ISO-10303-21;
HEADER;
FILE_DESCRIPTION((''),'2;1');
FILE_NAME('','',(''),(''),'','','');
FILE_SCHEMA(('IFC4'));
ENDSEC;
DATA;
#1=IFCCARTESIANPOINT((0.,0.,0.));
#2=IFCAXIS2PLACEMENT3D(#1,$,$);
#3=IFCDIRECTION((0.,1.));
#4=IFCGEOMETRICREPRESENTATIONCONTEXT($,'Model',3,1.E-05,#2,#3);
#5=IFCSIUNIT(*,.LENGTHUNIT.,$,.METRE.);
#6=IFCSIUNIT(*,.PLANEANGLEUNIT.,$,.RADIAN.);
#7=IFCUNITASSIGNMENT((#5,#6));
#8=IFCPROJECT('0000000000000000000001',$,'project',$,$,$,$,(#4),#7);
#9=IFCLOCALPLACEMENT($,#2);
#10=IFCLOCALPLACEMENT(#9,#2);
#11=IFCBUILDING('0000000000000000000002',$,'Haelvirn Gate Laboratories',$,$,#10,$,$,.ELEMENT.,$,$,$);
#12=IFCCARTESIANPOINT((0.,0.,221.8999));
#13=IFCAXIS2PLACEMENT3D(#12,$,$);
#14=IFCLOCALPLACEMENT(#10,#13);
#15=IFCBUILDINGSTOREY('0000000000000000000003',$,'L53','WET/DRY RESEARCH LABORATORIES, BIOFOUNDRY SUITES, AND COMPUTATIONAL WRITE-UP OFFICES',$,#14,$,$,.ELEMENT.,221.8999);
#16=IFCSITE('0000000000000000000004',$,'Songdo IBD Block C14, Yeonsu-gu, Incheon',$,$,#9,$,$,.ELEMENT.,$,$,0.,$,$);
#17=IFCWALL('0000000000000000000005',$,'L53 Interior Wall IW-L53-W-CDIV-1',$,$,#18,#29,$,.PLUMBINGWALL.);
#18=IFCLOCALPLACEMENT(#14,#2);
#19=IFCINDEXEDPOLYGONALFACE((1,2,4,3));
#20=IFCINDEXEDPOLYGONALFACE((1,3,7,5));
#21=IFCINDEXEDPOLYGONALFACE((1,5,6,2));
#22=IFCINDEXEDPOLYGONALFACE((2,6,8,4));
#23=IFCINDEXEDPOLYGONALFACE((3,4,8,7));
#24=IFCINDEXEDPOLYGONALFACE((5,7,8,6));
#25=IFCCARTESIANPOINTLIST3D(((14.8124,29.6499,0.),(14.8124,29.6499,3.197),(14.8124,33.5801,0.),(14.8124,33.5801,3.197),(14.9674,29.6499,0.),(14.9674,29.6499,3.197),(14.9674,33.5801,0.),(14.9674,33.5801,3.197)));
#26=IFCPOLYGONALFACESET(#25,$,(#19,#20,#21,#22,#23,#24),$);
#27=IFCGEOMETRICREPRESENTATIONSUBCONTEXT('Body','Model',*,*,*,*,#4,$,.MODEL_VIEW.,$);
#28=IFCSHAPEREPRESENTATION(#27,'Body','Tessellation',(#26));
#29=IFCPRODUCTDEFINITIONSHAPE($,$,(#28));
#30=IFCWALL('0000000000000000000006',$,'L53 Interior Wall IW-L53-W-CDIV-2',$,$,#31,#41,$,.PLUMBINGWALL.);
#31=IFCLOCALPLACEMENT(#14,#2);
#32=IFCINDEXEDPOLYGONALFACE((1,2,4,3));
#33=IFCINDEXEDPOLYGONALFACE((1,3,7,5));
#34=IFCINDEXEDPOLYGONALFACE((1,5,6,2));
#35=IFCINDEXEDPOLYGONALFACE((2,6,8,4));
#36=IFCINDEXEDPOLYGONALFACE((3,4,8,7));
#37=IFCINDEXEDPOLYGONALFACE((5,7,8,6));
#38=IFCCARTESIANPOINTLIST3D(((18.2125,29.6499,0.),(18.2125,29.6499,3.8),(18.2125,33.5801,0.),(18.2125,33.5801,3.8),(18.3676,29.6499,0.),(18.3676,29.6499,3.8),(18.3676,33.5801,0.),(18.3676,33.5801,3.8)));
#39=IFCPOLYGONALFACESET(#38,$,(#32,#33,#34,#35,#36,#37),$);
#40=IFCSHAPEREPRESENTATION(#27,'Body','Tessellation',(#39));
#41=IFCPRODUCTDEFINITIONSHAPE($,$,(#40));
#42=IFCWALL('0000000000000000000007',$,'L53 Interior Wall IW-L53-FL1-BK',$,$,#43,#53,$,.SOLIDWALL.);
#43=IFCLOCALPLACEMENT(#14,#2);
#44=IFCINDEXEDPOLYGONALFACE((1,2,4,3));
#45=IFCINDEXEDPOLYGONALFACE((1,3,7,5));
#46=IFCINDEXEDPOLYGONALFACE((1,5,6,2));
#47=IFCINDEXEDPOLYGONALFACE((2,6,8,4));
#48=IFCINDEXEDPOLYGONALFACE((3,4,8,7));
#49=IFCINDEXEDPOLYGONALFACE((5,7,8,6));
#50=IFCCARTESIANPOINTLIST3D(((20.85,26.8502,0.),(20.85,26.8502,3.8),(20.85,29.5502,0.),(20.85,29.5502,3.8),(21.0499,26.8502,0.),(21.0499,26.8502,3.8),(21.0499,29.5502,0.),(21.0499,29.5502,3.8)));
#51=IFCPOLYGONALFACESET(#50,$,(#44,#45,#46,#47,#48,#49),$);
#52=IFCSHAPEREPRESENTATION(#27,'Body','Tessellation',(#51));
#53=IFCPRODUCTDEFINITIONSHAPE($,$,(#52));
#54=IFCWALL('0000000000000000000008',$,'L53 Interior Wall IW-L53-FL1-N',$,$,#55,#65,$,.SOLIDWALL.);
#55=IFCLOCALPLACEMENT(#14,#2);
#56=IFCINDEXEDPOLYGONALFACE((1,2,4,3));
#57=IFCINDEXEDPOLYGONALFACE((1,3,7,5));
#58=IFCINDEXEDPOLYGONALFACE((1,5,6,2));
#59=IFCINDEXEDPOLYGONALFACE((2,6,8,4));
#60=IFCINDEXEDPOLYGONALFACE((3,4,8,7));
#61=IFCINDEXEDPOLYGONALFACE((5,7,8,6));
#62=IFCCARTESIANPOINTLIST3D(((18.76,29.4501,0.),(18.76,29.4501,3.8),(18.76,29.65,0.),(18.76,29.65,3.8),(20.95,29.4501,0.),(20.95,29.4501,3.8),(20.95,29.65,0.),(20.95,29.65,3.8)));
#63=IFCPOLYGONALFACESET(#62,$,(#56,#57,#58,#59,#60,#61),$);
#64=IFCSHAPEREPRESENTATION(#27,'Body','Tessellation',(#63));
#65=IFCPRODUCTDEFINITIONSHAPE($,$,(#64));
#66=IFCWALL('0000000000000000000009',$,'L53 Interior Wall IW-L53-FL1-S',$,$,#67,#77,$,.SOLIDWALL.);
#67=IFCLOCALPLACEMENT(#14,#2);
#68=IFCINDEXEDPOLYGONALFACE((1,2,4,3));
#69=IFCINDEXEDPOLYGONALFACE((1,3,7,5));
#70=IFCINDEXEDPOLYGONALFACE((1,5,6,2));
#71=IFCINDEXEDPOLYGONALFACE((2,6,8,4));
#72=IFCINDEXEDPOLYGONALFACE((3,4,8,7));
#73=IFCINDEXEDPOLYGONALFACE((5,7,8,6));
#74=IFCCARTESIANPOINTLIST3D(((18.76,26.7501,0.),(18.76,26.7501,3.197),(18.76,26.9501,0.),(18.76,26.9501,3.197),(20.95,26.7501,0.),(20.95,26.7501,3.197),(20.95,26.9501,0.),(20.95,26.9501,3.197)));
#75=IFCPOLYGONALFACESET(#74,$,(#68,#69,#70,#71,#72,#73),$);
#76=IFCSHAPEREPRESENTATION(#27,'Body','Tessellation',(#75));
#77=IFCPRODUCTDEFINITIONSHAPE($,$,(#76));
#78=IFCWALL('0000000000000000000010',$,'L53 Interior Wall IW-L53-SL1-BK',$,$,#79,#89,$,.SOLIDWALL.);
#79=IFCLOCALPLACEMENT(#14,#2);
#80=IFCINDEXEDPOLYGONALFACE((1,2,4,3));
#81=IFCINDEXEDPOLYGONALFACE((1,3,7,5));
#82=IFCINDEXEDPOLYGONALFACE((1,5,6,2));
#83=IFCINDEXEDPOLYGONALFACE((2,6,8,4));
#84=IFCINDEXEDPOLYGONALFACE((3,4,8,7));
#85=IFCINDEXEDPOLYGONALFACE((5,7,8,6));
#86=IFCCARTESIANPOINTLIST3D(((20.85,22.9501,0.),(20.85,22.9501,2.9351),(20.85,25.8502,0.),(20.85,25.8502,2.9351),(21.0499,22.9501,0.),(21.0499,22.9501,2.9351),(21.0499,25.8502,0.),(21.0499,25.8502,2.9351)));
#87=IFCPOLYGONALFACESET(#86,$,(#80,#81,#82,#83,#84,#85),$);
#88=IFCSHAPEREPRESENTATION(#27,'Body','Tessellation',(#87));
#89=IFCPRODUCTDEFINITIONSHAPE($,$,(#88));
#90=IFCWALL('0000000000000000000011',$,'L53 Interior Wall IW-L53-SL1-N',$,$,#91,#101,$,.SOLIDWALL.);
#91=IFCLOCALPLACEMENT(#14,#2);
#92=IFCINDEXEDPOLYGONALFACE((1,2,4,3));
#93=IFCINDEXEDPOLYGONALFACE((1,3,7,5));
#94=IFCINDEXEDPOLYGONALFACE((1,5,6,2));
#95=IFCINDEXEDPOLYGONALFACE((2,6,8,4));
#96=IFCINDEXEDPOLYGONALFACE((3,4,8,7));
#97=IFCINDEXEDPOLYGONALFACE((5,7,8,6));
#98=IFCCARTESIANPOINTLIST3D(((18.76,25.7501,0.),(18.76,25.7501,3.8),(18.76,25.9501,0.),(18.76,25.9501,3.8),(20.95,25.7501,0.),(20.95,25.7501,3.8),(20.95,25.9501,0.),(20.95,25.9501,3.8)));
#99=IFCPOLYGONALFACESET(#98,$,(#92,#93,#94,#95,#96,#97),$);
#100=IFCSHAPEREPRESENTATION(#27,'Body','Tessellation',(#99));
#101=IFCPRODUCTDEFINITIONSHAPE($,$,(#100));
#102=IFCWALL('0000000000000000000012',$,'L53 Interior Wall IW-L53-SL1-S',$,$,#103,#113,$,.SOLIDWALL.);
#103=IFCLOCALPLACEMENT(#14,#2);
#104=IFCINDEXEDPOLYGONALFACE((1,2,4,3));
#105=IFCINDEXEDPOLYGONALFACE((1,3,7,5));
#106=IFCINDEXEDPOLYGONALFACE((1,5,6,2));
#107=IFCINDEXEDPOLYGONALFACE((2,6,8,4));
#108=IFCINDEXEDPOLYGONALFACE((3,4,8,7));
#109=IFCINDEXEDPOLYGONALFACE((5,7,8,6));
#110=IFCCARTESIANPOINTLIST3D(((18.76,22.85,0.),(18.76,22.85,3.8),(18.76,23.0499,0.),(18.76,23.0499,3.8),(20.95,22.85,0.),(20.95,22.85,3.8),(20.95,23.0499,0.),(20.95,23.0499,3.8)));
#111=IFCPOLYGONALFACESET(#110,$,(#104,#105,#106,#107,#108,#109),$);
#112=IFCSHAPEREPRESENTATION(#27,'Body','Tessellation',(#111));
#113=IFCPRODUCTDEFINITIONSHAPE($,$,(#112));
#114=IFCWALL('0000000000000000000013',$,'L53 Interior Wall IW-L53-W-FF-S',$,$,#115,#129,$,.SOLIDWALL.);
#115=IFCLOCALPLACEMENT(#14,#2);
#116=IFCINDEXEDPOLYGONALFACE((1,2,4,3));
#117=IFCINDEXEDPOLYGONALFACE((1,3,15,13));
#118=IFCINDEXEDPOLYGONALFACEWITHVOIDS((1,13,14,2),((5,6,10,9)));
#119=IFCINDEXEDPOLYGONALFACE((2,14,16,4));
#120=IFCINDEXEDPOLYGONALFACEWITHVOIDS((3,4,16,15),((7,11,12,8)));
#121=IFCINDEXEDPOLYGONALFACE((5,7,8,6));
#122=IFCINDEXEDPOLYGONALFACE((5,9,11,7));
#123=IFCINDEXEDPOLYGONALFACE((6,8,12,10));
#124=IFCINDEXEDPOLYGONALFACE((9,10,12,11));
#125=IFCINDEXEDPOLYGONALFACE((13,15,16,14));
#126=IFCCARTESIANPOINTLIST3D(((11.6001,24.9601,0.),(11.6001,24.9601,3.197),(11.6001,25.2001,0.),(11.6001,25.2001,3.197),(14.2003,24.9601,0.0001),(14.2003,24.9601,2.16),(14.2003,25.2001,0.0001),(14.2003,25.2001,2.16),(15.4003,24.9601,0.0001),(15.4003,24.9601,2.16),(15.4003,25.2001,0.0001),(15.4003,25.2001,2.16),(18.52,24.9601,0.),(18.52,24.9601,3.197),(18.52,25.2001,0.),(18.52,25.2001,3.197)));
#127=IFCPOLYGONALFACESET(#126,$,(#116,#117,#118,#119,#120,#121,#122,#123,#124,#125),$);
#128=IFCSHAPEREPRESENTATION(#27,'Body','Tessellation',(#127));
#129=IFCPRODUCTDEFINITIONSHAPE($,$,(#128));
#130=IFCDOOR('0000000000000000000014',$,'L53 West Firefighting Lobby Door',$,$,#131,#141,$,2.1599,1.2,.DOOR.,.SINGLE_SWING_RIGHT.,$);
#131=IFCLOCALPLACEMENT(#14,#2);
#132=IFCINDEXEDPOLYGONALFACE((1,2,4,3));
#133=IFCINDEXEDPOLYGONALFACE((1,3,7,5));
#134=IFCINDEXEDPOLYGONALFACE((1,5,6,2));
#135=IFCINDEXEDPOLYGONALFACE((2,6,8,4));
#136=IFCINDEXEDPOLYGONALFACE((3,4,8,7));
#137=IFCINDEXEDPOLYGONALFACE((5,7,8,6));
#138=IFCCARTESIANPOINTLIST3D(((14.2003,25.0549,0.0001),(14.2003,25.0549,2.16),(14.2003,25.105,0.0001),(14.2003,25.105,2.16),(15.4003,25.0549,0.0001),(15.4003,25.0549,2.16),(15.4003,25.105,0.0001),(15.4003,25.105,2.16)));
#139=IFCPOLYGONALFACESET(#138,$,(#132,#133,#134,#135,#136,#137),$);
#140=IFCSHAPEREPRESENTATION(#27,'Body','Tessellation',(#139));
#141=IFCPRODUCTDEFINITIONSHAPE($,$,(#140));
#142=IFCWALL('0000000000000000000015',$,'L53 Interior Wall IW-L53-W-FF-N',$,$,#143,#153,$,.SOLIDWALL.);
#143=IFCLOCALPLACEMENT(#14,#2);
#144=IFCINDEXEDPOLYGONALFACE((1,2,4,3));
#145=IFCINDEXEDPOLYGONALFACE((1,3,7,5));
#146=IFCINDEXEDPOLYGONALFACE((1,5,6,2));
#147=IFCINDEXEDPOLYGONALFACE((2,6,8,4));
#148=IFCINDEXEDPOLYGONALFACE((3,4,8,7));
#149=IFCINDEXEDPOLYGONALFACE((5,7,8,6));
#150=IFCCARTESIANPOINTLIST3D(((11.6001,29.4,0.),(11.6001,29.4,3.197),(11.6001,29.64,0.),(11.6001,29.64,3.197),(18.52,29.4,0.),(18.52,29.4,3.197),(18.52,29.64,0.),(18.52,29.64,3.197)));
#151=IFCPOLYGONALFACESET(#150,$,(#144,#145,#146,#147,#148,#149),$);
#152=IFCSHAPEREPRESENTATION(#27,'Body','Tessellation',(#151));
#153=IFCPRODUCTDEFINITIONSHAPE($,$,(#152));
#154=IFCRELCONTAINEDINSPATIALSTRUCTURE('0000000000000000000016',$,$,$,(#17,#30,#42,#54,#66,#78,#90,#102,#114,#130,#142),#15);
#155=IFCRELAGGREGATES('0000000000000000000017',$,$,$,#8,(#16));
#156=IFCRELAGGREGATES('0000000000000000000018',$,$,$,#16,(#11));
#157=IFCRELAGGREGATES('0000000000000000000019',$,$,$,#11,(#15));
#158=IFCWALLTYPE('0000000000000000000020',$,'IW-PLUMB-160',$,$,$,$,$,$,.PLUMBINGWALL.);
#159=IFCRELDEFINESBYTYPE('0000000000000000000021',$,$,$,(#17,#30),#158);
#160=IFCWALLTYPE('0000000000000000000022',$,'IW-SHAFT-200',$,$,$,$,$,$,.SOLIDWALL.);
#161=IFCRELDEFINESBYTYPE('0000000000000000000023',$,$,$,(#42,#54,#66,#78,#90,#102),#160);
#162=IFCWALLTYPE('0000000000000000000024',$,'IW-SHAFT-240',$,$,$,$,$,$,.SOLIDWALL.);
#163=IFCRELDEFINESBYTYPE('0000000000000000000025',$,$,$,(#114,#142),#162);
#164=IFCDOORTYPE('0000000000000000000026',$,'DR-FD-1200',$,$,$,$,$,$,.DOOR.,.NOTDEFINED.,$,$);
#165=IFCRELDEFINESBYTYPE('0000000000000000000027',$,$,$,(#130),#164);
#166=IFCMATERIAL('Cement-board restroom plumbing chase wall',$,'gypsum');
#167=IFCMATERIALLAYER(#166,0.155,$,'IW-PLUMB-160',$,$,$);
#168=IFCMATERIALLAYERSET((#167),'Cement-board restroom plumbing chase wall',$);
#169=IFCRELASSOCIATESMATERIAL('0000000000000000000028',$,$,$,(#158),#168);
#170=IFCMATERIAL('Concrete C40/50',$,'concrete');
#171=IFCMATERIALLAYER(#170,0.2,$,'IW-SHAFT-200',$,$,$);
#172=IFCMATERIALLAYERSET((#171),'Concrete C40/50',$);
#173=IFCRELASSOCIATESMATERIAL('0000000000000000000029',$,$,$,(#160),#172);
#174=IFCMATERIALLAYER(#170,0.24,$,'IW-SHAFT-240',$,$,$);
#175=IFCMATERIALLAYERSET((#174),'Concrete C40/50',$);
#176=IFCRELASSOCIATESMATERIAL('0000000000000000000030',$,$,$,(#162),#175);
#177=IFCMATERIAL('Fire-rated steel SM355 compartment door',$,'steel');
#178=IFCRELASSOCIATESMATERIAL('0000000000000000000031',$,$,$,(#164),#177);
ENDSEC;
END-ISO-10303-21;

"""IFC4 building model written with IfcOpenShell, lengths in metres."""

from ifc_helpers import new_model, si_unit, direction, frame, frame_2d, origin, place, context, subcontext, project, spatial, rectangle, extrude, source, transform, mapped, material, layer, layer_set, type_object, type_shapes, element, fill, save


model = new_model("IFC4")

# Units and contexts
model_context = context("Model", 3, precision=1e-05, world=origin(), true_north=direction((0.0, 1.0)))
body_context = subcontext(model_context, "Body", "Model", "MODEL_VIEW")
ifc_project = project(units=[si_unit("LENGTHUNIT", "METRE"), si_unit("PLANEANGLEUNIT", "RADIAN")], contexts=[model_context])

# Site, building, storey
site_placement = place(None, origin())
site = spatial("IfcSite", under=ifc_project, at=site_placement, Name="Songdo IBD Block C14, Yeonsu-gu, Incheon", CompositionType="ELEMENT", RefElevation=0.0)
building_placement = place(site_placement, origin())
building = spatial("IfcBuilding", under=site, at=building_placement, Name="Haelvirn Gate Laboratories", CompositionType="ELEMENT")
storey_placement = place(building_placement, frame((0.0, 0.0, 221.8999)))
storey = spatial("IfcBuildingStorey", under=building, at=storey_placement, Name="L53", Description="WET/DRY RESEARCH LABORATORIES, BIOFOUNDRY SUITES, AND COMPUTATIONAL WRITE-UP OFFICES", CompositionType="ELEMENT", Elevation=221.8999)

# Walls
ifc_material_1 = material(Name="Cement-board restroom plumbing chase wall", Category="gypsum")
ifc_layer_1 = layer(ifc_material_1, 0.155, Name="IW-PLUMB-160")
ifc_layer_set_1 = layer_set([ifc_layer_1], Name="Cement-board restroom plumbing chase wall")
wall_type_1 = type_object("IfcWallType", Name="IW-PLUMB-160", PredefinedType="PLUMBINGWALL", material=ifc_layer_set_1)
wall_1_placement = place(storey_placement, frame((14.8899, 29.6499, 0.0), z_axis=(0.0, 0.0, 1.0), x_axis=(0.0, 1.0, 0.0)))
element("IfcWall", 1, at=wall_1_placement, inside=storey, type_object=wall_type_1, Name="L53 Interior Wall IW-L53-W-CDIV-1", PredefinedType="PLUMBINGWALL", context=body_context, shape_type="SweptSolid", body=[
    extrude(rectangle(XDim=3.9302, YDim=0.155, at=frame_2d((1.9651, 0.0))), origin(), (0.0, 0.0, 1.0), 3.197),
])
wall_2_placement = place(storey_placement, frame((18.29, 29.6499, 0.0), z_axis=(0.0, 0.0, 1.0), x_axis=(0.0, 1.0, 0.0)))
element("IfcWall", 2, at=wall_2_placement, inside=storey, type_object=wall_type_1, Name="L53 Interior Wall IW-L53-W-CDIV-2", PredefinedType="PLUMBINGWALL", context=body_context, shape_type="SweptSolid", body=[
    extrude(rectangle(XDim=3.9302, YDim=0.155, at=frame_2d((1.9651, 0.0))), origin(), (0.0, 0.0, 1.0), 3.8),
])
ifc_material_2 = material(Name="Concrete C40/50", Category="concrete")
ifc_layer_2 = layer(ifc_material_2, 0.2, Name="IW-SHAFT-200")
ifc_layer_set_2 = layer_set([ifc_layer_2], Name="Concrete C40/50")
wall_type_2 = type_object("IfcWallType", Name="IW-SHAFT-200", PredefinedType="SOLIDWALL", material=ifc_layer_set_2)
wall_3_placement = place(storey_placement, frame((20.95, 26.8501, 0.0), z_axis=(0.0, 0.0, 1.0), x_axis=(0.0, 1.0, 0.0)))
element("IfcWall", 3, at=wall_3_placement, inside=storey, type_object=wall_type_2, Name="L53 Interior Wall IW-L53-FL1-BK", PredefinedType="SOLIDWALL", context=body_context, shape_type="SweptSolid", body=[
    extrude(rectangle(XDim=2.7, YDim=0.2, at=frame_2d((1.3501, 0.0))), origin(), (0.0, 0.0, 1.0), 3.8),
])
wall_4_placement = place(storey_placement, frame((18.76, 29.55, 0.0), z_axis=(0.0, 0.0, 1.0), x_axis=(1.0, 0.0, 0.0)))
element("IfcWall", 4, at=wall_4_placement, inside=storey, type_object=wall_type_2, Name="L53 Interior Wall IW-L53-FL1-N", PredefinedType="SOLIDWALL", context=body_context, shape_type="SweptSolid", body=[
    extrude(rectangle(XDim=2.1899, YDim=0.2, at=frame_2d((1.095, 0.0))), origin(), (0.0, 0.0, 1.0), 3.8),
])
wall_5_placement = place(storey_placement, frame((18.76, 26.8501, 0.0), z_axis=(0.0, 0.0, 1.0), x_axis=(1.0, 0.0, 0.0)))
element("IfcWall", 5, at=wall_5_placement, inside=storey, type_object=wall_type_2, Name="L53 Interior Wall IW-L53-FL1-S", PredefinedType="SOLIDWALL", context=body_context, shape_type="SweptSolid", body=[
    extrude(rectangle(XDim=2.1899, YDim=0.2, at=frame_2d((1.095, 0.0))), origin(), (0.0, 0.0, 1.0), 3.197),
])
wall_6_placement = place(storey_placement, frame((20.95, 22.95, 0.0), z_axis=(0.0, 0.0, 1.0), x_axis=(0.0, 1.0, 0.0)))
element("IfcWall", 6, at=wall_6_placement, inside=storey, type_object=wall_type_2, Name="L53 Interior Wall IW-L53-SL1-BK", PredefinedType="SOLIDWALL", context=body_context, shape_type="SweptSolid", body=[
    extrude(rectangle(XDim=2.9001, YDim=0.2, at=frame_2d((1.4502, 0.0))), origin(), (0.0, 0.0, 1.0), 2.9351),
])
for number, where, z_axis, x_axis, name in (
    (7, (18.76, 25.8501, 0.0), (0.0, 0.0, 1.0), (1.0, 0.0, 0.0), "L53 Interior Wall IW-L53-SL1-N"),
    (8, (18.76, 22.95, 0.0), (0.0, 0.0, 1.0), (1.0, 0.0, 0.0), "L53 Interior Wall IW-L53-SL1-S"),
):
    element("IfcWall", number, at=place(storey_placement, frame(where, z_axis=z_axis, x_axis=x_axis)), inside=storey, type_object=wall_type_2, Name=name, PredefinedType="SOLIDWALL", context=body_context, shape_type="SweptSolid", body=[
        extrude(rectangle(XDim=2.1899, YDim=0.2, at=frame_2d((1.095, 0.0))), origin(), (0.0, 0.0, 1.0), 3.8),
    ])

# Wall, opening, door
ifc_layer_3 = layer(ifc_material_2, 0.24, Name="IW-SHAFT-240")
ifc_layer_set_3 = layer_set([ifc_layer_3], Name="Concrete C40/50")
wall_type_3 = type_object("IfcWallType", Name="IW-SHAFT-240", PredefinedType="SOLIDWALL", material=ifc_layer_set_3)
wall_7_placement = place(storey_placement, frame((11.6001, 25.0801, 0.0), z_axis=(0.0, 0.0, 1.0), x_axis=(1.0, 0.0, 0.0)))
wall_7 = element("IfcWall", 9, at=wall_7_placement, inside=storey, type_object=wall_type_3, Name="L53 Interior Wall IW-L53-W-FF-S", PredefinedType="SOLIDWALL", context=body_context, shape_type="SweptSolid", body=[
    extrude(rectangle(XDim=6.9199, YDim=0.24, at=frame_2d((3.46, 0.0))), origin(), (0.0, 0.0, 1.0), 3.197),
])
opening_1_placement = place(wall_7_placement, frame((2.6001, 0.0, 0.0)))
opening_1 = element("IfcOpeningElement", 10, at=opening_1_placement, cuts=wall_7, PredefinedType="OPENING", context=body_context, shape_type="SweptSolid", body=[
    extrude(rectangle(XDim=1.2, YDim=2.1599, at=frame_2d((0.6001, 1.0801))), frame((0.0, 0.1299, 0.0), z_axis=(0.0, -1.0, 0.0), x_axis=(1.0, 0.0, 0.0)), (0.0, 0.0, 1.0), 0.26),
])
ifc_material_3 = material(Name="Fire-rated steel SM355 compartment door", Category="steel")
door_type_1 = type_object("IfcDoorType", Name="DR-FD-1200", OperationType="NOTDEFINED", PredefinedType="DOOR", material=ifc_material_3)
shared_shape_1 = source(origin(), body_context, "Body", "SweptSolid", [
    extrude(rectangle(XDim=1.2, YDim=2.1599, at=frame_2d((0.6001, 1.0801))), frame((0.0, 0.0249, 0.0), z_axis=(0.0, -1.0, 0.0), x_axis=(1.0, 0.0, 0.0)), (0.0, 0.0, 1.0), 0.05),
])
type_shapes(door_type_1, [shared_shape_1])
door_1_placement = place(opening_1_placement, origin())
door_1 = element("IfcDoor", 11, at=door_1_placement, inside=storey, type_object=door_type_1, Name="L53 West Firefighting Lobby Door", OperationType="SINGLE_SWING_RIGHT", OverallHeight=2.1599, OverallWidth=1.2, PredefinedType="DOOR", context=body_context, shape_type="MappedRepresentation", body=[
    mapped(shared_shape_1, transform((0.0, 0.0, 0.0), scale=1.0)),
])
fill(opening_1, door_1)

# Wall
wall_8_placement = place(storey_placement, frame((11.6001, 29.52, 0.0), z_axis=(0.0, 0.0, 1.0), x_axis=(1.0, 0.0, 0.0)))
element("IfcWall", 12, at=wall_8_placement, inside=storey, type_object=wall_type_3, Name="L53 Interior Wall IW-L53-W-FF-N", PredefinedType="SOLIDWALL", context=body_context, shape_type="SweptSolid", body=[
    extrude(rectangle(XDim=6.9199, YDim=0.24, at=frame_2d((3.46, 0.0))), origin(), (0.0, 0.0, 1.0), 3.197),
])

save(model, "model.ifc")
